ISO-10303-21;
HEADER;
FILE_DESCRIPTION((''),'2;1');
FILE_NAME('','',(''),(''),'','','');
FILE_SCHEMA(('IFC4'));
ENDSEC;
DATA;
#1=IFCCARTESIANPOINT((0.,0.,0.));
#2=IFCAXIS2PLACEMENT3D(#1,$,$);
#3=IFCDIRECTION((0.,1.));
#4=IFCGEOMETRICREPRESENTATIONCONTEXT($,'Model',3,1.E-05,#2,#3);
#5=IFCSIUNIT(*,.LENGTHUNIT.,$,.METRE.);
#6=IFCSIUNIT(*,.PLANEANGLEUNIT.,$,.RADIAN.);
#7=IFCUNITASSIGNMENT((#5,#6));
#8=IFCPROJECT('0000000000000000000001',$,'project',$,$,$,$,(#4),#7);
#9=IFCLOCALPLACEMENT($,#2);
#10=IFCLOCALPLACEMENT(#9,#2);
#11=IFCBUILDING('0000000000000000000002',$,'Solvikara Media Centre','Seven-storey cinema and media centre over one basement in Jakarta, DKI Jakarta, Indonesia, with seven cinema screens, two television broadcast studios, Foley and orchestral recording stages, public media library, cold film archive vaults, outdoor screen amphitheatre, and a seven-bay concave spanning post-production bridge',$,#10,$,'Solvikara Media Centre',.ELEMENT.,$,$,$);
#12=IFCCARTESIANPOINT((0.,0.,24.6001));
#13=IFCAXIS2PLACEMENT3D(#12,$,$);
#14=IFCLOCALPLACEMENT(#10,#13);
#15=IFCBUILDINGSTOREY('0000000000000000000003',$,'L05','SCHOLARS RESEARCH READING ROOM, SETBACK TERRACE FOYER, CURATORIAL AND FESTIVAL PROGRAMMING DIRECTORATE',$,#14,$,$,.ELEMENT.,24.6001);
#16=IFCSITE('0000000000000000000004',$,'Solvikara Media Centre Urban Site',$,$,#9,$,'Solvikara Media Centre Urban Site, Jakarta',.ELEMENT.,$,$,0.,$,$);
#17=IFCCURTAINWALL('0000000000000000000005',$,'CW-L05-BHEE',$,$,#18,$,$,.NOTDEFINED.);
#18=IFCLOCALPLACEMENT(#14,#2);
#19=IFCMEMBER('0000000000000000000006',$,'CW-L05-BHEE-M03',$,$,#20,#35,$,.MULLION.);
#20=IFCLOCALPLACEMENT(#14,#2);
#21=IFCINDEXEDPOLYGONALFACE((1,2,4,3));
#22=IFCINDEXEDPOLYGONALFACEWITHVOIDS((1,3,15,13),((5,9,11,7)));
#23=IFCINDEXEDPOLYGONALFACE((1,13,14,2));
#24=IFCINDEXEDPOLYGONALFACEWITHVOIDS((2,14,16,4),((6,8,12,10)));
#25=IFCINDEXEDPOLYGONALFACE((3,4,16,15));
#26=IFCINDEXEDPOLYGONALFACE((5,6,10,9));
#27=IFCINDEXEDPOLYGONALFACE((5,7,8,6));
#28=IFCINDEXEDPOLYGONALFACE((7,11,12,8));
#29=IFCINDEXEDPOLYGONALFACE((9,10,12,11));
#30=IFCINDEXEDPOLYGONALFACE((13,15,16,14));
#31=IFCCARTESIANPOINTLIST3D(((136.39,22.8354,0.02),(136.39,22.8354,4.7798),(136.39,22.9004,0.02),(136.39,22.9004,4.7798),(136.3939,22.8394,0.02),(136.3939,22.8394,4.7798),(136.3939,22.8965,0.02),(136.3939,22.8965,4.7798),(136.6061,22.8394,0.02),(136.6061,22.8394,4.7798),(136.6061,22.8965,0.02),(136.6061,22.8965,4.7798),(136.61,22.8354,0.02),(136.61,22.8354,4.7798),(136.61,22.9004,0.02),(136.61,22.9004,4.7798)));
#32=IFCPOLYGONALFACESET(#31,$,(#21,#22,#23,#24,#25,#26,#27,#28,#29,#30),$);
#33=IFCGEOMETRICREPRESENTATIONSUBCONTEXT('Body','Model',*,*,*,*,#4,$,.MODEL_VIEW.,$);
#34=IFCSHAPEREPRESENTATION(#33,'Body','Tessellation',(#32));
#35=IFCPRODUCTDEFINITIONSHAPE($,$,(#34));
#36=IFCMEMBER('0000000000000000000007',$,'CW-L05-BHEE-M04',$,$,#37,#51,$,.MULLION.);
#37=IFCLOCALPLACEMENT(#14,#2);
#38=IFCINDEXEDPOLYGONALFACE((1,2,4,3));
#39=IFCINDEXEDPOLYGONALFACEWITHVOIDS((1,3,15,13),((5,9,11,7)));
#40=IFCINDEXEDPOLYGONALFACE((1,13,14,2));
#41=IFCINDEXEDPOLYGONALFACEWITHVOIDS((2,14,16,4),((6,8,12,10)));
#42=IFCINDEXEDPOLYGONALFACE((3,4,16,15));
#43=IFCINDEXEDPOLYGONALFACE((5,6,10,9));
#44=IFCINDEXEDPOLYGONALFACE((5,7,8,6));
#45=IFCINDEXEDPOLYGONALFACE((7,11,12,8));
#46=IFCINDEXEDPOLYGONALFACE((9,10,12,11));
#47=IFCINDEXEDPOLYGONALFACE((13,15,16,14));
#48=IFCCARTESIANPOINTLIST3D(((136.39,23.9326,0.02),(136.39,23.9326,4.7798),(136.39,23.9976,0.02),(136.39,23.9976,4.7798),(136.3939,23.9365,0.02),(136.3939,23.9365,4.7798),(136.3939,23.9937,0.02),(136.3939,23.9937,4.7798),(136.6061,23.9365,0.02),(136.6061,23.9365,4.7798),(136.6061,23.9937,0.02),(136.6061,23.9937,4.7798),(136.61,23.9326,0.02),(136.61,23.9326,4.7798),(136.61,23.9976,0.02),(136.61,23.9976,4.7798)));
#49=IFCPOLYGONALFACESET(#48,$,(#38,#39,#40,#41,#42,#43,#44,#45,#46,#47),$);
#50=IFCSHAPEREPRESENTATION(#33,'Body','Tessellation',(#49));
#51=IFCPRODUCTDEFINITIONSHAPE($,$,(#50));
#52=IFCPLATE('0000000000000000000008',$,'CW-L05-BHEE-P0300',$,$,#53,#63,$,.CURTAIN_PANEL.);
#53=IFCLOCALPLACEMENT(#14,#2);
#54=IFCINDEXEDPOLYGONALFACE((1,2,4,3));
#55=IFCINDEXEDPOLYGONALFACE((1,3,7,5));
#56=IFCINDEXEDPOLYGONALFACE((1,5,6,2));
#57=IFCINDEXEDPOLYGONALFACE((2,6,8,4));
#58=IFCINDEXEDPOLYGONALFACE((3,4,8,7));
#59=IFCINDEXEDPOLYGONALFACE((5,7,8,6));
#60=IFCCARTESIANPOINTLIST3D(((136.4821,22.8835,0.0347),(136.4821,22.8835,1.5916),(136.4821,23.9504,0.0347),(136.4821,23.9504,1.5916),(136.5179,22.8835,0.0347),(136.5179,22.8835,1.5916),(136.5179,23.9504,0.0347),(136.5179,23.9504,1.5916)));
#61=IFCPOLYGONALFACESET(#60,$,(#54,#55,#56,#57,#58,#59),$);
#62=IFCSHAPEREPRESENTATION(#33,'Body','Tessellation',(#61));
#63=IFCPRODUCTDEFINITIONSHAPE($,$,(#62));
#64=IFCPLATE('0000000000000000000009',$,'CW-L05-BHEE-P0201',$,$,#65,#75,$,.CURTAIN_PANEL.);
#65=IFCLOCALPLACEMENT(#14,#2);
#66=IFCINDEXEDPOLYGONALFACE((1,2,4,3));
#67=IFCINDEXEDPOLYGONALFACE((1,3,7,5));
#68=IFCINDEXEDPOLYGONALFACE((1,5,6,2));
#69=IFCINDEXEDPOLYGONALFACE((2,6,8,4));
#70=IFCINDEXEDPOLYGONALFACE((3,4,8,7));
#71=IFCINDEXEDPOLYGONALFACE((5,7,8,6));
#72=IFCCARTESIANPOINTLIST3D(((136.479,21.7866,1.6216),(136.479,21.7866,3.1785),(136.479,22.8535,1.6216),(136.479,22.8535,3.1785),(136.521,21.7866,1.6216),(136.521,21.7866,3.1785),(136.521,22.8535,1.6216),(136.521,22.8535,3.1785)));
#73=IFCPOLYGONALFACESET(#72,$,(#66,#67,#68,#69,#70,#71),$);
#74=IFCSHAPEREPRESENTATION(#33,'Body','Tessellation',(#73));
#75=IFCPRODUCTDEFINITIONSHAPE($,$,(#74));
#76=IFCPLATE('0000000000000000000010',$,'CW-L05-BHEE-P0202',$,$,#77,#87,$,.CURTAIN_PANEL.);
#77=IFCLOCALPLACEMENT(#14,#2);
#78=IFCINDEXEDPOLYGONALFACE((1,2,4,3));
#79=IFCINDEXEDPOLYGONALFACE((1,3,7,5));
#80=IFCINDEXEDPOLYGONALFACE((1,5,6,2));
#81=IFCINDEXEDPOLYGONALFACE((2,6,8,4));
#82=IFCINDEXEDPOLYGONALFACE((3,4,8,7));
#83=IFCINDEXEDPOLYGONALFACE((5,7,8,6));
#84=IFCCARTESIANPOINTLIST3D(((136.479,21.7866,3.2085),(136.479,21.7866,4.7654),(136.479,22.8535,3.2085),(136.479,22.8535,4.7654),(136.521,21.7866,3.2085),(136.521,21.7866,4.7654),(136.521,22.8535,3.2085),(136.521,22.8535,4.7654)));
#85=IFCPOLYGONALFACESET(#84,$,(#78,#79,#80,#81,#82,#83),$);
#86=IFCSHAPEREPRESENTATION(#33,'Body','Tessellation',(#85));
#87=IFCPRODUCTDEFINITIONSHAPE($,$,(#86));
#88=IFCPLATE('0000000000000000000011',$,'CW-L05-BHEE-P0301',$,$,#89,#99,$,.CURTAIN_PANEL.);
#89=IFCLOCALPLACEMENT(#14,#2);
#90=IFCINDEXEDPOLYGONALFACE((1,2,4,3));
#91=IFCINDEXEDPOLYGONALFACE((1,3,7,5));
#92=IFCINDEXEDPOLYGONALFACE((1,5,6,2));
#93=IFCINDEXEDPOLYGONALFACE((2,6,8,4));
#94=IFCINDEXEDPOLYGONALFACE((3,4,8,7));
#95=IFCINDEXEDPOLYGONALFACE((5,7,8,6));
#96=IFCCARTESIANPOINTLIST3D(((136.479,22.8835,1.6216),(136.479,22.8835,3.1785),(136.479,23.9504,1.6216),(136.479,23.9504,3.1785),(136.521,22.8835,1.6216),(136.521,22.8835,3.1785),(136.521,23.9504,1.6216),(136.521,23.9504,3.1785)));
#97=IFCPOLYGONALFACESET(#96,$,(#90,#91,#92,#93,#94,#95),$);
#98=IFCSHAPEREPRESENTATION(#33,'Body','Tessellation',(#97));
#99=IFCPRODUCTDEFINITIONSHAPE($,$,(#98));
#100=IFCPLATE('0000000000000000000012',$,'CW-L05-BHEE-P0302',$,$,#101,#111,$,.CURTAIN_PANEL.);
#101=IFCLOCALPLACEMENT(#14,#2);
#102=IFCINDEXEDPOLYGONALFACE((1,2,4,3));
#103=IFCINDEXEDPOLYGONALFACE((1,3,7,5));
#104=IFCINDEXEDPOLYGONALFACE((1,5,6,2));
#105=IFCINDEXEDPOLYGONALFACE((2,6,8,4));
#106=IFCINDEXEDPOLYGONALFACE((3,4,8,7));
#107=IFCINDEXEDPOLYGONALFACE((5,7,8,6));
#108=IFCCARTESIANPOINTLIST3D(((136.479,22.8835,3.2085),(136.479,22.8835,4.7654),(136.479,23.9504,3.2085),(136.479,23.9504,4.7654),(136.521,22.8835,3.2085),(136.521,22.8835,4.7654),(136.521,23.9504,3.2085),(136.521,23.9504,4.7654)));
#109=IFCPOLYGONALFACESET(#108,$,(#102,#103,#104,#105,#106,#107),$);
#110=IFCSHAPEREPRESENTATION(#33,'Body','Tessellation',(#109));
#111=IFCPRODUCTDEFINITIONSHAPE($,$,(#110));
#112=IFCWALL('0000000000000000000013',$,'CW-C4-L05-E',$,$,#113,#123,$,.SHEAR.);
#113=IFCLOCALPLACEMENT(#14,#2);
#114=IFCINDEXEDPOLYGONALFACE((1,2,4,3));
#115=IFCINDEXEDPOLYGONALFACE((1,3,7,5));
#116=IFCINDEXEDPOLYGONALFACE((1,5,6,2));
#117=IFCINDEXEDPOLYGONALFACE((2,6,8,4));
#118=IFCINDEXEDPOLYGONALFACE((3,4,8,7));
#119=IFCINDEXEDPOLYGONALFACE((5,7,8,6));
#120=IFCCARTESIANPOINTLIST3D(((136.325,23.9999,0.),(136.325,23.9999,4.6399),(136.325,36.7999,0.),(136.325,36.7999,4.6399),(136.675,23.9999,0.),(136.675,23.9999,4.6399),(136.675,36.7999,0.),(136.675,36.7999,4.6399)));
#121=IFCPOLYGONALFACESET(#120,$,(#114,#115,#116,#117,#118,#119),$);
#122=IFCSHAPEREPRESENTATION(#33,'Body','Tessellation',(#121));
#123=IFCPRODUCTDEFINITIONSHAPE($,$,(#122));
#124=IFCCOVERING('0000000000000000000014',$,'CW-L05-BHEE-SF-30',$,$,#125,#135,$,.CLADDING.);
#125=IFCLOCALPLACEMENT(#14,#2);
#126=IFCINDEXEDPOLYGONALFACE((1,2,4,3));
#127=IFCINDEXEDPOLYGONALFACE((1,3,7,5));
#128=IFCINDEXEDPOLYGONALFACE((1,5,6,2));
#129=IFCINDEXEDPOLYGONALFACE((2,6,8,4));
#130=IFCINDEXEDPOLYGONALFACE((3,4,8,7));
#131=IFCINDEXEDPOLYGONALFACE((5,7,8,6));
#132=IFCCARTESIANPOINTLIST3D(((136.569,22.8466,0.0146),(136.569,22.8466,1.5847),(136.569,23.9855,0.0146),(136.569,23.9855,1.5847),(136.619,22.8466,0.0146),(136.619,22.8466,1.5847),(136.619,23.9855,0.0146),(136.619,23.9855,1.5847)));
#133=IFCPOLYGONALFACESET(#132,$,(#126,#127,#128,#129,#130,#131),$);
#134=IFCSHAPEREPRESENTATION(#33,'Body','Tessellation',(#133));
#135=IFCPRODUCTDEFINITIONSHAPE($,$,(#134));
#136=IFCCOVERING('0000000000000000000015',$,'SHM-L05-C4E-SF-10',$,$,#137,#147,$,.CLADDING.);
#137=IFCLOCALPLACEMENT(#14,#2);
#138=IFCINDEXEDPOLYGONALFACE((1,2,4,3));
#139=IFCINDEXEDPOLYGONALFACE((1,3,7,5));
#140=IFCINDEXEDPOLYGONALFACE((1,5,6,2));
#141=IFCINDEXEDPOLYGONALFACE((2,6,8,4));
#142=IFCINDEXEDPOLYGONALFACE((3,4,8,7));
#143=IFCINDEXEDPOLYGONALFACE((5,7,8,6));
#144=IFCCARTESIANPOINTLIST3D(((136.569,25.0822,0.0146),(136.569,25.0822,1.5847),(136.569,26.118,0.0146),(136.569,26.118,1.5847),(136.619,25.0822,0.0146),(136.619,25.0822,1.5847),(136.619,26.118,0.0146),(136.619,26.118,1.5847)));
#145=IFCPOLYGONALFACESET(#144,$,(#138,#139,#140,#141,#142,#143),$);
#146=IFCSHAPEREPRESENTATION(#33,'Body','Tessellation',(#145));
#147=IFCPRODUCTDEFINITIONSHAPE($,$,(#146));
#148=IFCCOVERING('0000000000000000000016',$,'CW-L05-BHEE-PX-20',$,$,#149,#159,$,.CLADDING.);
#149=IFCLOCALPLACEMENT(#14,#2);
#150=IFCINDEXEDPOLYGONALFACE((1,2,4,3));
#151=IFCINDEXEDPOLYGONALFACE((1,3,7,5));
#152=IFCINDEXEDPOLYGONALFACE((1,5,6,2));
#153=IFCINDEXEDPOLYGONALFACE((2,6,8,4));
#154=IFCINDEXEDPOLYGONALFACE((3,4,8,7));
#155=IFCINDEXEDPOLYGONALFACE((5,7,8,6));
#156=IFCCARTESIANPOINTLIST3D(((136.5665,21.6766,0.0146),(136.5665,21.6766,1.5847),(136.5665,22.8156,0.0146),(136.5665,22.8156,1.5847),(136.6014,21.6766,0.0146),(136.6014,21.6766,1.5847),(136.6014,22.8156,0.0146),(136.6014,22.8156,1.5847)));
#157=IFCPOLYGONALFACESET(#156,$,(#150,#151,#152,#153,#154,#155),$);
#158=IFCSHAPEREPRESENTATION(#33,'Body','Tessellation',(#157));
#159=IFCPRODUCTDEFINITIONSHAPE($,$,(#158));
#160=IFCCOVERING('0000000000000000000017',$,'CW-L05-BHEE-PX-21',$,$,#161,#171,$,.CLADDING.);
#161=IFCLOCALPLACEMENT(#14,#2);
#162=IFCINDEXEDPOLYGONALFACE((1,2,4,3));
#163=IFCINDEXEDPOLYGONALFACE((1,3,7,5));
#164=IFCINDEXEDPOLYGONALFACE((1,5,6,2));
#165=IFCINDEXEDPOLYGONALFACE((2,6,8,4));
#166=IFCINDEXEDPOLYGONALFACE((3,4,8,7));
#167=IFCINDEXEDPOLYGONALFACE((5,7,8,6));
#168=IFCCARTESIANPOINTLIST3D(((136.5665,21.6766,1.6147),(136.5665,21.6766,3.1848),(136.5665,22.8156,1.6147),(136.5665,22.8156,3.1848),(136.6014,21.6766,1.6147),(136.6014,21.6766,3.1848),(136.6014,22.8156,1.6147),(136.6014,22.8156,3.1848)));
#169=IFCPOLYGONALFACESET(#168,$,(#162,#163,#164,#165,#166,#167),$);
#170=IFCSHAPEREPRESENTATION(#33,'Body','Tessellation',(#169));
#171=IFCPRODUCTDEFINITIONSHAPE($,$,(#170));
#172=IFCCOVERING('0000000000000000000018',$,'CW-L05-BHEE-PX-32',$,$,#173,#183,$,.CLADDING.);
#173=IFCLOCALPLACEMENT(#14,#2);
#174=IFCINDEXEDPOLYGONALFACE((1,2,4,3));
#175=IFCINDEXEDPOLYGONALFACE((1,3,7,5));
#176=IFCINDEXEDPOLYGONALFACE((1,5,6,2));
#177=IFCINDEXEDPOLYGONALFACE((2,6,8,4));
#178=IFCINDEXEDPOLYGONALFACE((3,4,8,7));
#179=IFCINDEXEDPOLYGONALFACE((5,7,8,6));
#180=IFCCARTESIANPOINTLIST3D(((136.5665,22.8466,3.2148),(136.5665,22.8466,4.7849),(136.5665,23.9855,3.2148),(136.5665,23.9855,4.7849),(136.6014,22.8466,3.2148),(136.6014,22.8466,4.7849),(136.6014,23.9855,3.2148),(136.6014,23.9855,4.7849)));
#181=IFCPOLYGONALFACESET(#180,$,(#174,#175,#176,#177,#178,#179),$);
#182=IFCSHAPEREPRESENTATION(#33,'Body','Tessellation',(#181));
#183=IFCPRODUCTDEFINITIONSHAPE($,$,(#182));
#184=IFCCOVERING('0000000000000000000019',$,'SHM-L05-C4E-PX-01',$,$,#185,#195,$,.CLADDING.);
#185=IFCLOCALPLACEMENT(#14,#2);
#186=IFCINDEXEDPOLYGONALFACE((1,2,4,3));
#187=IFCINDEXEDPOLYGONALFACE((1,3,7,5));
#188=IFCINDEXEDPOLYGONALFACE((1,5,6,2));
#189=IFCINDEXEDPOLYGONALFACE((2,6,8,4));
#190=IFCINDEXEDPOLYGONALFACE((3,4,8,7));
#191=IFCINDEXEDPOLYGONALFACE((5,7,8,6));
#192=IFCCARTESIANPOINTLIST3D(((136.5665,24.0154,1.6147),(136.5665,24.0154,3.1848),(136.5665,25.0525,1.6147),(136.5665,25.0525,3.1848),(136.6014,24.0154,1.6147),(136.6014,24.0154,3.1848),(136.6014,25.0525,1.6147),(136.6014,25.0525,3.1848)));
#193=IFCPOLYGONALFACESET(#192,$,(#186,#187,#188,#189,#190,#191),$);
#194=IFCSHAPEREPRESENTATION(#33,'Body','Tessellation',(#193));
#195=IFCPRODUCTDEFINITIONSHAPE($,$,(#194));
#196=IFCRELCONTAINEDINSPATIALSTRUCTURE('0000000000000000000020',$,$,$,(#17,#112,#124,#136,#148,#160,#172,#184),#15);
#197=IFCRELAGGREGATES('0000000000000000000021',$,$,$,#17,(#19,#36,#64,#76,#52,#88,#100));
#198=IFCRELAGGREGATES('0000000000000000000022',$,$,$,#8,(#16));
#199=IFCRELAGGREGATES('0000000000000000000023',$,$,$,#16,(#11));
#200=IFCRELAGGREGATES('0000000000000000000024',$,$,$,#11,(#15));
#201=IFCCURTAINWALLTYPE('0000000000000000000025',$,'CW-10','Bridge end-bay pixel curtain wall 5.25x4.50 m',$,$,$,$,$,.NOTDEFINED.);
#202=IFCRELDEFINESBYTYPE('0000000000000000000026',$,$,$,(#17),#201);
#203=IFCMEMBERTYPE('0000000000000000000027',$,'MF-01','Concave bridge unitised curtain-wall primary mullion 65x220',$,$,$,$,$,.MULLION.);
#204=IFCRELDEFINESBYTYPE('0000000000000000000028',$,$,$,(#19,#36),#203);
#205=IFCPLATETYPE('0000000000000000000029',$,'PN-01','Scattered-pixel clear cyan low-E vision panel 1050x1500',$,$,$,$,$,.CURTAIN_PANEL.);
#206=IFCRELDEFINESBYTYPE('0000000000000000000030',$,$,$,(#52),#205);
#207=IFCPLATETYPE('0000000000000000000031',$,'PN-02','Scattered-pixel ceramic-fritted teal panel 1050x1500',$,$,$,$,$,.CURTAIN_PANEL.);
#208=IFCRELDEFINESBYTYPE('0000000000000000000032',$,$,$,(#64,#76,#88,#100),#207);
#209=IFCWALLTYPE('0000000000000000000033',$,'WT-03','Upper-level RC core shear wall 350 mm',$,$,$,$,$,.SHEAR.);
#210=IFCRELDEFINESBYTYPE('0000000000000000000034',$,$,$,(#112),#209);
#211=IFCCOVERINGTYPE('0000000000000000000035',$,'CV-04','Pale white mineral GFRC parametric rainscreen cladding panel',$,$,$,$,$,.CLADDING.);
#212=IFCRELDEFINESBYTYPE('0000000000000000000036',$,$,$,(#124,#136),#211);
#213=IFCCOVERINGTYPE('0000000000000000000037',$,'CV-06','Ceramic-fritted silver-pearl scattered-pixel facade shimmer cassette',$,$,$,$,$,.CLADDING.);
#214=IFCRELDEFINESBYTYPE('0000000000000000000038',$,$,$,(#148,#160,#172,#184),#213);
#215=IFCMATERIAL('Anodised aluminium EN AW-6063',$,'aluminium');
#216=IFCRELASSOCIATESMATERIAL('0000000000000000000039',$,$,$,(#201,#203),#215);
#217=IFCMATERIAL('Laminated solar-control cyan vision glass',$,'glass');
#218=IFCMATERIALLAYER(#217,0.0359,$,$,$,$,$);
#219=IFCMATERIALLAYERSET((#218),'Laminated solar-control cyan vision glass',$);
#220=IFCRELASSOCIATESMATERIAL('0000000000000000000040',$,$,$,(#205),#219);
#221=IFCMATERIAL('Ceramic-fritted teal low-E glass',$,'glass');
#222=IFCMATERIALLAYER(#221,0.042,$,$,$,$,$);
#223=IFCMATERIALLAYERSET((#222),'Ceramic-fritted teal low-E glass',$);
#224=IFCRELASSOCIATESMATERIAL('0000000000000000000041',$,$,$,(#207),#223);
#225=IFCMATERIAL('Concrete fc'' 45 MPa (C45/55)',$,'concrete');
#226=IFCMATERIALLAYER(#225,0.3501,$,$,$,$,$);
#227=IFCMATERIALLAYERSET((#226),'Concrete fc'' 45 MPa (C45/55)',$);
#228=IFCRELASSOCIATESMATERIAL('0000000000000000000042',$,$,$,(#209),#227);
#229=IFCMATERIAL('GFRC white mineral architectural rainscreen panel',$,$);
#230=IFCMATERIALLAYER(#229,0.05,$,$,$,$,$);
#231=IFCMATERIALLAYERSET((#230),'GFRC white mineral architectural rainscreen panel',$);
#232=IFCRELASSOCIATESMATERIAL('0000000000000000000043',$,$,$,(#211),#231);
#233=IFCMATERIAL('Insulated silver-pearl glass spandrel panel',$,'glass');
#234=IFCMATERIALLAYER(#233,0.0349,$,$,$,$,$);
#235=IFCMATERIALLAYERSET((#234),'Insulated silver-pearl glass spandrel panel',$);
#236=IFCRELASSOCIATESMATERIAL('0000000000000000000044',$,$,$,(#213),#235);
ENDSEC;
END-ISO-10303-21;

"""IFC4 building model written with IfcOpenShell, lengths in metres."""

from ifc_helpers import new_model, si_unit, direction, frame, frame_2d, origin, origin_2d, place, context, subcontext, project, spatial, rectangle, hollow_rectangle, extrude, material, layer, layer_set, material_profile, profile_set, type_object, element, aggregate, save


model = new_model("IFC4")

# Units and contexts
model_context = context("Model", 3, precision=1e-05, world=origin(), true_north=direction((0.0, 1.0)))
body_context = subcontext(model_context, "Body", "Model", "MODEL_VIEW")
ifc_project = project(units=[si_unit("LENGTHUNIT", "METRE"), si_unit("PLANEANGLEUNIT", "RADIAN")], contexts=[model_context])

# Site, building, storey
site_placement = place(None, origin())
site = spatial("IfcSite", under=ifc_project, at=site_placement, Name="Solvikara Media Centre Urban Site", LongName="Solvikara Media Centre Urban Site, Jakarta", CompositionType="ELEMENT", RefElevation=0.0)
building_placement = place(site_placement, origin())
building = spatial("IfcBuilding", under=site, at=building_placement, Name="Solvikara Media Centre", Description="Seven-storey cinema and media centre over one basement in Jakarta, DKI Jakarta, Indonesia, with seven cinema screens, two television broadcast studios, Foley and orchestral recording stages, public media library, cold film archive vaults, outdoor screen amphitheatre, and a seven-bay concave spanning post-production bridge", LongName="Solvikara Media Centre", CompositionType="ELEMENT")
storey_placement = place(building_placement, frame((0.0, 0.0, 24.6001)))
storey = spatial("IfcBuildingStorey", under=building, at=storey_placement, Name="L05", Description="SCHOLARS RESEARCH READING ROOM, SETBACK TERRACE FOYER, CURATORIAL AND FESTIVAL PROGRAMMING DIRECTORATE", CompositionType="ELEMENT", Elevation=24.6001)

# Curtain wall, members, plates
ifc_material_1 = material(Name="Anodised aluminium EN AW-6063", Category="aluminium")
curtain_wall_type = type_object("IfcCurtainWallType", Name="CW-10", Description="Bridge end-bay pixel curtain wall 5.25x4.50 m", PredefinedType="NOTDEFINED", material=ifc_material_1)
curtain_wall_placement = place(storey_placement, origin())
curtain_wall = element("IfcCurtainWall", 1, at=curtain_wall_placement, inside=storey, type_object=curtain_wall_type, Name="CW-L05-BHEE", PredefinedType="NOTDEFINED")
ifc_material_profile = material_profile(ifc_material_1, hollow_rectangle(XDim=0.0649, YDim=0.22, WallThickness=0.0039, at=origin_2d()), Name="ALU-M 65x220x4")
ifc_profile_set = profile_set([ifc_material_profile], Name="Anodised aluminium EN AW-6063")
member_type = type_object("IfcMemberType", Name="MF-01", Description="Concave bridge unitised curtain-wall primary mullion 65x220", PredefinedType="MULLION", material=ifc_profile_set)
member_1_placement = place(storey_placement, frame((136.5, 22.8679, 0.02), z_axis=(0.0, 0.0, 1.0), x_axis=(0.0, 1.0, 0.0)))
member_1 = element("IfcMember", 2, at=member_1_placement, type_object=member_type, Name="CW-L05-BHEE-M03", PredefinedType="MULLION", context=body_context, shape_type="SweptSolid", body=[
    extrude(hollow_rectangle(XDim=0.0649, YDim=0.22, WallThickness=0.0039, at=origin_2d()), origin(), (0.0, 0.0, 1.0), 4.7598),
])
member_2_placement = place(storey_placement, frame((136.5, 23.9651, 0.02), z_axis=(0.0, 0.0, 1.0), x_axis=(0.0, 1.0, 0.0)))
member_2 = element("IfcMember", 3, at=member_2_placement, type_object=member_type, Name="CW-L05-BHEE-M04", PredefinedType="MULLION", context=body_context, shape_type="SweptSolid", body=[
    extrude(hollow_rectangle(XDim=0.0649, YDim=0.22, WallThickness=0.0039, at=origin_2d()), origin(), (0.0, 0.0, 1.0), 4.7598),
])
ifc_material_2 = material(Name="Laminated solar-control cyan vision glass", Category="glass")
ifc_layer_1 = layer(ifc_material_2, 0.0359)
ifc_layer_set_1 = layer_set([ifc_layer_1], Name="Laminated solar-control cyan vision glass")
plate_type_1 = type_object("IfcPlateType", Name="PN-01", Description="Scattered-pixel clear cyan low-E vision panel 1050x1500", PredefinedType="CURTAIN_PANEL", material=ifc_layer_set_1)
plate_1_placement = place(storey_placement, frame((136.5, 23.417, 0.0347), z_axis=(0.0, 0.0, 1.0), x_axis=(0.0, 1.0, 0.0)))
plate_1 = element("IfcPlate", 4, at=plate_1_placement, type_object=plate_type_1, Name="CW-L05-BHEE-P0300", PredefinedType="CURTAIN_PANEL", context=body_context, shape_type="SweptSolid", body=[
    extrude(rectangle(XDim=1.0669, YDim=0.0359, at=origin_2d()), origin(), (0.0, 0.0, 1.0), 1.5569),
])
ifc_material_3 = material(Name="Ceramic-fritted teal low-E glass", Category="glass")
ifc_layer_2 = layer(ifc_material_3, 0.042)
ifc_layer_set_2 = layer_set([ifc_layer_2], Name="Ceramic-fritted teal low-E glass")
plate_type_2 = type_object("IfcPlateType", Name="PN-02", Description="Scattered-pixel ceramic-fritted teal panel 1050x1500", PredefinedType="CURTAIN_PANEL", material=ifc_layer_set_2)
plate_2_placement = place(storey_placement, frame((136.5, 22.3201, 1.6216), z_axis=(0.0, 0.0, 1.0), x_axis=(0.0, 1.0, 0.0)))
plate_2 = element("IfcPlate", 5, at=plate_2_placement, type_object=plate_type_2, Name="CW-L05-BHEE-P0201", PredefinedType="CURTAIN_PANEL", context=body_context, shape_type="SweptSolid", body=[
    extrude(rectangle(XDim=1.0669, YDim=0.042, at=origin_2d()), origin(), (0.0, 0.0, 1.0), 1.5569),
])
plate_3_placement = place(storey_placement, frame((136.5, 22.3201, 3.2085), z_axis=(0.0, 0.0, 1.0), x_axis=(0.0, 1.0, 0.0)))
plate_3 = element("IfcPlate", 6, at=plate_3_placement, type_object=plate_type_2, Name="CW-L05-BHEE-P0202", PredefinedType="CURTAIN_PANEL", context=body_context, shape_type="SweptSolid", body=[
    extrude(rectangle(XDim=1.0669, YDim=0.042, at=origin_2d()), origin(), (0.0, 0.0, 1.0), 1.5569),
])
plate_4_placement = place(storey_placement, frame((136.5, 23.417, 1.6216), z_axis=(0.0, 0.0, 1.0), x_axis=(0.0, 1.0, 0.0)))
plate_4 = element("IfcPlate", 7, at=plate_4_placement, type_object=plate_type_2, Name="CW-L05-BHEE-P0301", PredefinedType="CURTAIN_PANEL", context=body_context, shape_type="SweptSolid", body=[
    extrude(rectangle(XDim=1.0669, YDim=0.042, at=origin_2d()), origin(), (0.0, 0.0, 1.0), 1.5569),
])
plate_5_placement = place(storey_placement, frame((136.5, 23.417, 3.2085), z_axis=(0.0, 0.0, 1.0), x_axis=(0.0, 1.0, 0.0)))
plate_5 = element("IfcPlate", 8, at=plate_5_placement, type_object=plate_type_2, Name="CW-L05-BHEE-P0302", PredefinedType="CURTAIN_PANEL", context=body_context, shape_type="SweptSolid", body=[
    extrude(rectangle(XDim=1.0669, YDim=0.042, at=origin_2d()), origin(), (0.0, 0.0, 1.0), 1.5569),
])
aggregate(curtain_wall, [member_1, member_2, plate_2, plate_3, plate_1, plate_4, plate_5])

# Wall
ifc_material_4 = material(Name="Concrete fc' 45 MPa (C45/55)", Category="concrete")
ifc_layer_3 = layer(ifc_material_4, 0.3501)
ifc_layer_set_3 = layer_set([ifc_layer_3], Name="Concrete fc' 45 MPa (C45/55)")
wall_type = type_object("IfcWallType", Name="WT-03", Description="Upper-level RC core shear wall 350 mm", PredefinedType="SHEAR", material=ifc_layer_set_3)
wall_placement = place(storey_placement, frame((136.5, 24.0, 0.0), z_axis=(0.0, 0.0, 1.0), x_axis=(0.0, 1.0, 0.0)))
element("IfcWall", 9, at=wall_placement, inside=storey, type_object=wall_type, Name="CW-C4-L05-E", PredefinedType="SHEAR", context=body_context, shape_type="SweptSolid", body=[
    extrude(rectangle(XDim=12.8, YDim=0.3501, at=frame_2d((6.3999, 0.0))), origin(), (0.0, 0.0, 1.0), 4.6399),
])

# Coverings
ifc_material_5 = material(Name="GFRC white mineral architectural rainscreen panel")
ifc_layer_4 = layer(ifc_material_5, 0.05)
ifc_layer_set_4 = layer_set([ifc_layer_4], Name="GFRC white mineral architectural rainscreen panel")
covering_type_1 = type_object("IfcCoveringType", Name="CV-04", Description="Pale white mineral GFRC parametric rainscreen cladding panel", PredefinedType="CLADDING", material=ifc_layer_set_4)
covering_1_placement = place(storey_placement, frame((136.594, 23.416, 0.0146), z_axis=(0.0, 0.0, 1.0), x_axis=(0.0, 1.0, 0.0)))
element("IfcCovering", 10, at=covering_1_placement, inside=storey, type_object=covering_type_1, Name="CW-L05-BHEE-SF-30", PredefinedType="CLADDING", context=body_context, shape_type="SweptSolid", body=[
    extrude(rectangle(XDim=1.1389, YDim=0.05, at=origin_2d()), origin(), (0.0, 0.0, 1.0), 1.5701),
])
covering_2_placement = place(storey_placement, frame((136.594, 25.6001, 0.0146), z_axis=(0.0, 0.0, 1.0), x_axis=(0.0, 1.0, 0.0)))
element("IfcCovering", 11, at=covering_2_placement, inside=storey, type_object=covering_type_1, Name="SHM-L05-C4E-SF-10", PredefinedType="CLADDING", context=body_context, shape_type="SweptSolid", body=[
    extrude(rectangle(XDim=1.0359, YDim=0.05, at=origin_2d()), origin(), (0.0, 0.0, 1.0), 1.5701),
])
ifc_material_6 = material(Name="Insulated silver-pearl glass spandrel panel", Category="glass")
ifc_layer_5 = layer(ifc_material_6, 0.0349)
ifc_layer_set_5 = layer_set([ifc_layer_5], Name="Insulated silver-pearl glass spandrel panel")
covering_type_2 = type_object("IfcCoveringType", Name="CV-06", Description="Ceramic-fritted silver-pearl scattered-pixel facade shimmer cassette", PredefinedType="CLADDING", material=ifc_layer_set_5)
for number, where, z_axis, x_axis, name in (
    (12, (136.584, 22.2461, 0.0146), (0.0, 0.0, 1.0), (0.0, 1.0, 0.0), "CW-L05-BHEE-PX-20"),
    (13, (136.584, 22.2461, 1.6147), (0.0, 0.0, 1.0), (0.0, 1.0, 0.0), "CW-L05-BHEE-PX-21"),
    (14, (136.584, 23.416, 3.2148), (0.0, 0.0, 1.0), (0.0, 1.0, 0.0), "CW-L05-BHEE-PX-32"),
):
    element("IfcCovering", number, at=place(storey_placement, frame(where, z_axis=z_axis, x_axis=x_axis)), inside=storey, type_object=covering_type_2, Name=name, PredefinedType="CLADDING", context=body_context, shape_type="SweptSolid", body=[
        extrude(rectangle(XDim=1.1389, YDim=0.0349, at=origin_2d()), origin(), (0.0, 0.0, 1.0), 1.5701),
    ])
covering_3_placement = place(storey_placement, frame((136.584, 24.5339, 1.6147), z_axis=(0.0, 0.0, 1.0), x_axis=(0.0, 1.0, 0.0)))
element("IfcCovering", 15, at=covering_3_placement, inside=storey, type_object=covering_type_2, Name="SHM-L05-C4E-PX-01", PredefinedType="CLADDING", context=body_context, shape_type="SweptSolid", body=[
    extrude(rectangle(XDim=1.0371, YDim=0.0349, at=origin_2d()), origin(), (0.0, 0.0, 1.0), 1.5701),
])

save(model, "model.ifc")
